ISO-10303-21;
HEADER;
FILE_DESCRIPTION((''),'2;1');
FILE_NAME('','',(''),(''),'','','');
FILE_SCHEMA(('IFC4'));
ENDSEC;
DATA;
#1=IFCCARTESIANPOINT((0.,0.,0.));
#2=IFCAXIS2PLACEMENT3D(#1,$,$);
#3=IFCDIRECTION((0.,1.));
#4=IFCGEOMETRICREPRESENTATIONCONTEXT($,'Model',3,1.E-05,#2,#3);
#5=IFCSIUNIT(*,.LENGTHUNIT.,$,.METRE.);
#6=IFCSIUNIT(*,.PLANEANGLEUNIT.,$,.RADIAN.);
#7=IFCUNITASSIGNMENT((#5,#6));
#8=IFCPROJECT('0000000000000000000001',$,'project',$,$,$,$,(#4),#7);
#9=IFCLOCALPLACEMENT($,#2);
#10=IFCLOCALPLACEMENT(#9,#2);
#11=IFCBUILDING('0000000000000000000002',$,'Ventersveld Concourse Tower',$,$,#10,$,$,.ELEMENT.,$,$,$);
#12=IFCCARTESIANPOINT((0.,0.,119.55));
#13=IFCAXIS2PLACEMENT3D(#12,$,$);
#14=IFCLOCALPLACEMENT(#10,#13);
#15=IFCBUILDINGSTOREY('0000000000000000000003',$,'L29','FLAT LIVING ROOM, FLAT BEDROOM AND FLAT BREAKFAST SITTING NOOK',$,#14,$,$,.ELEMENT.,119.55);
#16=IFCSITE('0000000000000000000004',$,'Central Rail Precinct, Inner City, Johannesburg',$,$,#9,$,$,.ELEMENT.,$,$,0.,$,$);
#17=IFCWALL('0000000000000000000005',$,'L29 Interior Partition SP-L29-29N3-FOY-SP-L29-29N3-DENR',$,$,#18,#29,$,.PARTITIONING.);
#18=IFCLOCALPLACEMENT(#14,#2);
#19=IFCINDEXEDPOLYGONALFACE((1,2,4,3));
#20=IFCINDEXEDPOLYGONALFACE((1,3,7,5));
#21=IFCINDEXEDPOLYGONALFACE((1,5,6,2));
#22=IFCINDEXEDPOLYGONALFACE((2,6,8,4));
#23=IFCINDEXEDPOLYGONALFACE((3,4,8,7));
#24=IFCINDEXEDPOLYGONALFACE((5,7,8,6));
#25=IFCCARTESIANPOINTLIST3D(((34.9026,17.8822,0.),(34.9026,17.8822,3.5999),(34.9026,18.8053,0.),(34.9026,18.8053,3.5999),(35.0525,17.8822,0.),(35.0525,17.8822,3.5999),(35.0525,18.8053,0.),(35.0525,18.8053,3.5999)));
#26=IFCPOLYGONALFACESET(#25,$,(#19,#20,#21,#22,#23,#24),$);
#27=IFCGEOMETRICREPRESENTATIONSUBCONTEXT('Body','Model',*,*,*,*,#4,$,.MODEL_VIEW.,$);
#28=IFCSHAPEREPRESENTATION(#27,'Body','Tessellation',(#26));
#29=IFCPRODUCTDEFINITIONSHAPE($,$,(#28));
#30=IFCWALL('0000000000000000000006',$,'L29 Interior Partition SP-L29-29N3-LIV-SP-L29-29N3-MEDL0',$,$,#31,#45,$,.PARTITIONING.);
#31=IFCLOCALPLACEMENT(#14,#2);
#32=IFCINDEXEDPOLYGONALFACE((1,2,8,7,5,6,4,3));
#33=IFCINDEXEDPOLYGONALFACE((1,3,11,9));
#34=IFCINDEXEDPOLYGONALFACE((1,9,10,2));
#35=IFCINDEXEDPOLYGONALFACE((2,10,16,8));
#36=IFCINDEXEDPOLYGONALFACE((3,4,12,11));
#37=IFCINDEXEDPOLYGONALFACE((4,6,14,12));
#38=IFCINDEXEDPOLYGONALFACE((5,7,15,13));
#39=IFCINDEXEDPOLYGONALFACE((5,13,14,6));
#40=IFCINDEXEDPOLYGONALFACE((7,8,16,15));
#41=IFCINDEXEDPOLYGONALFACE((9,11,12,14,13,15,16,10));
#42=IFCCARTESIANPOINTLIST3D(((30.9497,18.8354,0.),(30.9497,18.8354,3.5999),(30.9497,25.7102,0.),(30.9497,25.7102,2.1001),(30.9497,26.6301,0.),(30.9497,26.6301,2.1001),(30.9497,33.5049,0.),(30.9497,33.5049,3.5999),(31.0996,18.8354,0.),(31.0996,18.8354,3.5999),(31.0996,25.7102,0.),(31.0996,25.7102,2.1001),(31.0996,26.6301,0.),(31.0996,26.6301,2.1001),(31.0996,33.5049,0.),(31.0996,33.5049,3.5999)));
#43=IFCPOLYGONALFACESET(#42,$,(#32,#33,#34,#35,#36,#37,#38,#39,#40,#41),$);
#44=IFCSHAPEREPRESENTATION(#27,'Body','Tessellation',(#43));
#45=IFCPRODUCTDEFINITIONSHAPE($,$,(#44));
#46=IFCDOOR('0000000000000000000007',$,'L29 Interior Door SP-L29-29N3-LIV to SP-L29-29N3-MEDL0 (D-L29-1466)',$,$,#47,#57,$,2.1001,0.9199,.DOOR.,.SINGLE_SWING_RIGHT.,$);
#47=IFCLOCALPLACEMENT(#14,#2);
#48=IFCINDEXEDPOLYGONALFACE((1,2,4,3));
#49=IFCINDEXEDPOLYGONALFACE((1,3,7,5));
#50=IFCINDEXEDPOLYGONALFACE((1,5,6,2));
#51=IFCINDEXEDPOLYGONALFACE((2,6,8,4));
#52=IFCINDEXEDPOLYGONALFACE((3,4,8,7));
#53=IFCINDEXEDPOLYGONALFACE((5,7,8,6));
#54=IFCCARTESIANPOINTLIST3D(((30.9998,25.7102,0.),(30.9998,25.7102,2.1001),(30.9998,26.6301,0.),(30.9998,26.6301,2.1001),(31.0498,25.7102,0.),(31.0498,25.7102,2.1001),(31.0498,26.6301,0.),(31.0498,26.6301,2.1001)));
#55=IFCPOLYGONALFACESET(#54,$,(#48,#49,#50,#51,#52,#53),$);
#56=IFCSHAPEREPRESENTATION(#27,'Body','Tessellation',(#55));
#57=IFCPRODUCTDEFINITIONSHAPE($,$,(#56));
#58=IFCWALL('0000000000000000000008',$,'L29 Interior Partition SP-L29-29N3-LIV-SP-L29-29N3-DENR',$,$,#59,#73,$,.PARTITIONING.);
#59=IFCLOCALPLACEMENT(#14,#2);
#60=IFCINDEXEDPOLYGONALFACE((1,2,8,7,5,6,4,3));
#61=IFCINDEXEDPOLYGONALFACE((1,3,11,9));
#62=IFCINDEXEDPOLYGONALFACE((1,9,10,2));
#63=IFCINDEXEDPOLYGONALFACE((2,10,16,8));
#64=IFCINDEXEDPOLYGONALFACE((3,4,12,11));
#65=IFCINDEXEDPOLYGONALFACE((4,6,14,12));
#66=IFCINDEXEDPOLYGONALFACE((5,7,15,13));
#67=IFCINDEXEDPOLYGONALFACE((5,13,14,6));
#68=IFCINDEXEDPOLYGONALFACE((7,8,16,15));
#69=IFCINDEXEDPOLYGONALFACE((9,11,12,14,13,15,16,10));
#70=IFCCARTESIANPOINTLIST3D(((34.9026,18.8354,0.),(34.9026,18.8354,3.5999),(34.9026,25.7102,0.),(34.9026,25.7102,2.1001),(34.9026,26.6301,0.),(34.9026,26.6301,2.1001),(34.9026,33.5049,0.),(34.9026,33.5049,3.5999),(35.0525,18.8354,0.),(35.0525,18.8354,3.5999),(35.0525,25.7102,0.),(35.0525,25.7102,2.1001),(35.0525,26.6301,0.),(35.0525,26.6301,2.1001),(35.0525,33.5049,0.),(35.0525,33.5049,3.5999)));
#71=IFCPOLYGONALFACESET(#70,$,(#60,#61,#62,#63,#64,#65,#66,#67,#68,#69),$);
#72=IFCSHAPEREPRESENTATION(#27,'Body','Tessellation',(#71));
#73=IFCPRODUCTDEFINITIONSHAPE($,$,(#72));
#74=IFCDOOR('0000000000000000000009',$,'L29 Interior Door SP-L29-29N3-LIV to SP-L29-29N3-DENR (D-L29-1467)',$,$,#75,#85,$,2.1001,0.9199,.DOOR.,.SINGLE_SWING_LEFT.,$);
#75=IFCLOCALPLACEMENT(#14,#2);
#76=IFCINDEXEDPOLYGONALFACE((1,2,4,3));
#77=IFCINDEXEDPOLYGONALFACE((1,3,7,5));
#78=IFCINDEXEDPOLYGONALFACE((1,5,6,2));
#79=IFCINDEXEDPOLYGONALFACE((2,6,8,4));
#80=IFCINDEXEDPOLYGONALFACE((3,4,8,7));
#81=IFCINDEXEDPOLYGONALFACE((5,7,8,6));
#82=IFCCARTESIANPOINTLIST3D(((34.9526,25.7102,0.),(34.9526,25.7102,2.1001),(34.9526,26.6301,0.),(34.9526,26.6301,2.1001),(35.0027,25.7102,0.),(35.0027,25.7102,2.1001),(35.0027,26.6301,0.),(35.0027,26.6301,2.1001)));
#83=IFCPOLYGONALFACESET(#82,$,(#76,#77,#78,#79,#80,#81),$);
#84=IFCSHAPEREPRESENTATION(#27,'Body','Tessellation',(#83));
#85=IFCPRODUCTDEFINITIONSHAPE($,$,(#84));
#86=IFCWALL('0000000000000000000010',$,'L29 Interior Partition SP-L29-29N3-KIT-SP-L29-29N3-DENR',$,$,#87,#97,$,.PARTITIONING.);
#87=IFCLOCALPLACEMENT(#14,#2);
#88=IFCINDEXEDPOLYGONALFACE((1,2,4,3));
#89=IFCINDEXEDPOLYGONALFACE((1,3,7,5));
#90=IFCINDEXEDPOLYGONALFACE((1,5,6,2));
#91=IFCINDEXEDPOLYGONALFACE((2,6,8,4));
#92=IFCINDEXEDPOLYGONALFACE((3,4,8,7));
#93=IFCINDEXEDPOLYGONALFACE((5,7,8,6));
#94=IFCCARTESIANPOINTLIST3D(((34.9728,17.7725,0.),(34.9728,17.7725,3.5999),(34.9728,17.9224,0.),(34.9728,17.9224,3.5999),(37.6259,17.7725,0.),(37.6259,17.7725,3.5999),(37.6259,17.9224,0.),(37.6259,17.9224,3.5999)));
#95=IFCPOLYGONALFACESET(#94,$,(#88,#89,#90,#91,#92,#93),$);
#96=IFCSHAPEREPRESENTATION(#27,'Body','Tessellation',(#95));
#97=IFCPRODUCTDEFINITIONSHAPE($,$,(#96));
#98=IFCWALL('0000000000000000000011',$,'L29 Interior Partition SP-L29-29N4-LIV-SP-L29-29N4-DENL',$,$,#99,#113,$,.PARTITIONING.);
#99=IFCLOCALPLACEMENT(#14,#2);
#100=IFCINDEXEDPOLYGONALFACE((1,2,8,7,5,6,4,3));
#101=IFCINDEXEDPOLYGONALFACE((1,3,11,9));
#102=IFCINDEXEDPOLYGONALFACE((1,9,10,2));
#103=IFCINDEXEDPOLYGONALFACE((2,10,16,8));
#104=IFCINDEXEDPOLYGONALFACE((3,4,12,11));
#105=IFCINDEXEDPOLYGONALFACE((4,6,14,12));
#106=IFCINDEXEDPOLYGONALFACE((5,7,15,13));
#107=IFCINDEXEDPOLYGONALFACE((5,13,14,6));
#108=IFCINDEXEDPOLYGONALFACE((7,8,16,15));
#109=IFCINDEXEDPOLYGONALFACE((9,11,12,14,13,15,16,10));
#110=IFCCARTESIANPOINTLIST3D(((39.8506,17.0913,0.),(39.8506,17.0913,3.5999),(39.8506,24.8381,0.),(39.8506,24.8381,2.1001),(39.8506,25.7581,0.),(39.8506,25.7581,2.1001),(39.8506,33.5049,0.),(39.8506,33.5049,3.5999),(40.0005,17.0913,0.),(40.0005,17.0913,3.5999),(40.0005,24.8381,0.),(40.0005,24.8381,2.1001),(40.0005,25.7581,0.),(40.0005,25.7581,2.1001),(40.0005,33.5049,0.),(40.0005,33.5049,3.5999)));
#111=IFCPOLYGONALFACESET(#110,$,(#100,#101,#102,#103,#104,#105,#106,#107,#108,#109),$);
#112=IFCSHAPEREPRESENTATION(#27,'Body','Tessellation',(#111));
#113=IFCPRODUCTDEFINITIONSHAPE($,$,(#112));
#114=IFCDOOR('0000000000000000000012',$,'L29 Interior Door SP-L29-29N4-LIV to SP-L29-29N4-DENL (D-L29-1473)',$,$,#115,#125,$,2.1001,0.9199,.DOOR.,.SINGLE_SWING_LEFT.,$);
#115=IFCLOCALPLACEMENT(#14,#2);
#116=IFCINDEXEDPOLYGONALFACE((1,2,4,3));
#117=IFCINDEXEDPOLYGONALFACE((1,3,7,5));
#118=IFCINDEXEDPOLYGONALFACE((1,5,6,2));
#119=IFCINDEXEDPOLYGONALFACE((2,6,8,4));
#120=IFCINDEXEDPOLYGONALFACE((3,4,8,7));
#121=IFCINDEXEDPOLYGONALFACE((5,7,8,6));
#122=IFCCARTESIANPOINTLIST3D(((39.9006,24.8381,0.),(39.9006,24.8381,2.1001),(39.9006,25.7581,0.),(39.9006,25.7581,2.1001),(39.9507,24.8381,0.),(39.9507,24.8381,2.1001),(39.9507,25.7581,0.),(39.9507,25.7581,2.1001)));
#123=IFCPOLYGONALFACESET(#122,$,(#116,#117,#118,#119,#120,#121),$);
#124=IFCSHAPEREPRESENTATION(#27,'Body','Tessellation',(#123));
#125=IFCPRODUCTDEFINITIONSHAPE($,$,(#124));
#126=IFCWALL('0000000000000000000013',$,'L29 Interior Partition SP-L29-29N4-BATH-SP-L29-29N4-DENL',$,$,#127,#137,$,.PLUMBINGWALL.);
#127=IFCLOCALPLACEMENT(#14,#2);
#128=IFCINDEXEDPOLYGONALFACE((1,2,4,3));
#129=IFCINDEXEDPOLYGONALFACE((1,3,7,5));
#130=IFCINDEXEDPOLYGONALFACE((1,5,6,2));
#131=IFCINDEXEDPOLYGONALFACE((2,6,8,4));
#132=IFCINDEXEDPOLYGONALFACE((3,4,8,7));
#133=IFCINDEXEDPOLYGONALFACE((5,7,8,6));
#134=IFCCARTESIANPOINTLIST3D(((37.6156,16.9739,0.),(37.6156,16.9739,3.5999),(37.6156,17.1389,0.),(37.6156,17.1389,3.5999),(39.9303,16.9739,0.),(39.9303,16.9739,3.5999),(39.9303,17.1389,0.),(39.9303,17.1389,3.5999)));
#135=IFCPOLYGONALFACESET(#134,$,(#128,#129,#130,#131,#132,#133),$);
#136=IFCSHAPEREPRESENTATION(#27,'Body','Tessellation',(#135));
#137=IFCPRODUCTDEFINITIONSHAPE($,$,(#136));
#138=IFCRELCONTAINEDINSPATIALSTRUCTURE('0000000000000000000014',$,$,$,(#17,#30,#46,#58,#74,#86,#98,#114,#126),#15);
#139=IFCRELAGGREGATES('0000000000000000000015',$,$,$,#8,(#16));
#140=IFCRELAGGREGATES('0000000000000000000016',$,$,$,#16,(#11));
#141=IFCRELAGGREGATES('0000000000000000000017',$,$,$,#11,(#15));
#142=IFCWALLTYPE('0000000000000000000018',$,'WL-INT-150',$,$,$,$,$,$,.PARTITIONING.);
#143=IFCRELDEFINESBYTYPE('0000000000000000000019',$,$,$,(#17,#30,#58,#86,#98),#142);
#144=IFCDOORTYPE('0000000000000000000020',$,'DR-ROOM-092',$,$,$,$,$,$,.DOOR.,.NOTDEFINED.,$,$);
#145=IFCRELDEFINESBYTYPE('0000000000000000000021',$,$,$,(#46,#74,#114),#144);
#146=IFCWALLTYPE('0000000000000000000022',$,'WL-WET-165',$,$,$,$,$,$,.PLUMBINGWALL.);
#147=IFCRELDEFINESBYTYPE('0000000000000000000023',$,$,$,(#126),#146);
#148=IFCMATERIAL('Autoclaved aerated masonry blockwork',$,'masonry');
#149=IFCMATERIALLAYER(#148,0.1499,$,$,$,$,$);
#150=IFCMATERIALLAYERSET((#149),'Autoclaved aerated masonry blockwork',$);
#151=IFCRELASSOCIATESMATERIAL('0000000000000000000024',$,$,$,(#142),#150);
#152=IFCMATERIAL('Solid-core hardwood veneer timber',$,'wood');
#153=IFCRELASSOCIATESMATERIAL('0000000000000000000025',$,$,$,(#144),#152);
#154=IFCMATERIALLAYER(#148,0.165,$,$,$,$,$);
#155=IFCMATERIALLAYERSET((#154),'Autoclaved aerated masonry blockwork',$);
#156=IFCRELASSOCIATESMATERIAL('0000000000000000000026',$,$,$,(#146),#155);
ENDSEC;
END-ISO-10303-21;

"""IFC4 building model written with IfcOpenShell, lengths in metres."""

from ifc_helpers import new_model, si_unit, direction, frame, frame_2d, origin, place, context, subcontext, project, spatial, rectangle, extrude, material, layer, layer_set, type_object, element, fill, save


model = new_model("IFC4")

# Units and contexts
model_context = context("Model", 3, precision=1e-05, world=origin(), true_north=direction((0.0, 1.0)))
body_context = subcontext(model_context, "Body", "Model", "MODEL_VIEW")
ifc_project = project(units=[si_unit("LENGTHUNIT", "METRE"), si_unit("PLANEANGLEUNIT", "RADIAN")], contexts=[model_context])

# Site, building, storey
site_placement = place(None, origin())
site = spatial("IfcSite", under=ifc_project, at=site_placement, Name="Central Rail Precinct, Inner City, Johannesburg", CompositionType="ELEMENT", RefElevation=0.0)
building_placement = place(site_placement, origin())
building = spatial("IfcBuilding", under=site, at=building_placement, Name="Ventersveld Concourse Tower", CompositionType="ELEMENT")
storey_placement = place(building_placement, frame((0.0, 0.0, 119.55)))
storey = spatial("IfcBuildingStorey", under=building, at=storey_placement, Name="L29", Description="FLAT LIVING ROOM, FLAT BEDROOM AND FLAT BREAKFAST SITTING NOOK", CompositionType="ELEMENT", Elevation=119.55)

# Shared definitions
ifc_material_1 = material(Name="Autoclaved aerated masonry blockwork", Category="masonry")
ifc_layer_1 = layer(ifc_material_1, 0.1499)
ifc_layer_set_1 = layer_set([ifc_layer_1], Name="Autoclaved aerated masonry blockwork")
wall_type_1 = type_object("IfcWallType", Name="WL-INT-150", PredefinedType="PARTITIONING", material=ifc_layer_set_1)
ifc_material_2 = material(Name="Solid-core hardwood veneer timber", Category="wood")
door_type = type_object("IfcDoorType", Name="DR-ROOM-092", OperationType="NOTDEFINED", PredefinedType="DOOR", material=ifc_material_2)

# Wall
wall_1_placement = place(storey_placement, frame((34.9775, 17.8823, 0.0), z_axis=(0.0, 0.0, 1.0), x_axis=(0.0, 1.0, 0.0)))
element("IfcWall", 1, at=wall_1_placement, inside=storey, type_object=wall_type_1, Name="L29 Interior Partition SP-L29-29N3-FOY-SP-L29-29N3-DENR", PredefinedType="PARTITIONING", context=body_context, shape_type="SweptSolid", body=[
    extrude(rectangle(XDim=0.9231, YDim=0.1499, at=frame_2d((0.4614, 0.0))), origin(), (0.0, 0.0, 1.0), 3.5999),
])

# Walls, openings, doors
wall_2_placement = place(storey_placement, frame((31.0247, 18.8354, 0.0), z_axis=(0.0, 0.0, 1.0), x_axis=(0.0, 1.0, 0.0)))
wall_2 = element("IfcWall", 2, at=wall_2_placement, inside=storey, type_object=wall_type_1, Name="L29 Interior Partition SP-L29-29N3-LIV-SP-L29-29N3-MEDL0", PredefinedType="PARTITIONING", context=body_context, shape_type="SweptSolid", body=[
    extrude(rectangle(XDim=14.6694, YDim=0.1499, at=frame_2d((7.3347, 0.0))), origin(), (0.0, 0.0, 1.0), 3.5999),
])
opening_1_placement = place(wall_2_placement, frame((6.8748, 0.0, 0.0)))
opening_1 = element("IfcOpeningElement", 3, at=opening_1_placement, cuts=wall_2, PredefinedType="OPENING", context=body_context, shape_type="SweptSolid", body=[
    extrude(rectangle(XDim=0.9199, YDim=2.1001, at=frame_2d((0.46, 1.05))), frame((0.0, 0.085, 0.0), z_axis=(0.0, -1.0, 0.0), x_axis=(1.0, 0.0, 0.0)), (0.0, 0.0, 1.0), 0.1699),
])
door_1_placement = place(opening_1_placement, origin())
door_1 = element("IfcDoor", 4, at=door_1_placement, inside=storey, type_object=door_type, Name="L29 Interior Door SP-L29-29N3-LIV to SP-L29-29N3-MEDL0 (D-L29-1466)", OperationType="SINGLE_SWING_RIGHT", OverallHeight=2.1001, OverallWidth=0.9199, PredefinedType="DOOR", context=body_context, shape_type="SweptSolid", body=[
    extrude(rectangle(XDim=0.9199, YDim=2.1001, at=frame_2d((0.46, 1.05))), frame((0.0, 0.0249, 0.0), z_axis=(0.0, -1.0, 0.0), x_axis=(1.0, 0.0, 0.0)), (0.0, 0.0, 1.0), 0.05),
])
fill(opening_1, door_1)
wall_3_placement = place(storey_placement, frame((34.9775, 18.8354, 0.0), z_axis=(0.0, 0.0, 1.0), x_axis=(0.0, 1.0, 0.0)))
wall_3 = element("IfcWall", 5, at=wall_3_placement, inside=storey, type_object=wall_type_1, Name="L29 Interior Partition SP-L29-29N3-LIV-SP-L29-29N3-DENR", PredefinedType="PARTITIONING", context=body_context, shape_type="SweptSolid", body=[
    extrude(rectangle(XDim=14.6694, YDim=0.1499, at=frame_2d((7.3347, 0.0))), origin(), (0.0, 0.0, 1.0), 3.5999),
])
opening_2_placement = place(wall_3_placement, frame((6.8748, 0.0, 0.0)))
opening_2 = element("IfcOpeningElement", 6, at=opening_2_placement, cuts=wall_3, PredefinedType="OPENING", context=body_context, shape_type="SweptSolid", body=[
    extrude(rectangle(XDim=0.9199, YDim=2.1001, at=frame_2d((0.46, 1.05))), frame((0.0, 0.085, 0.0), z_axis=(0.0, -1.0, 0.0), x_axis=(1.0, 0.0, 0.0)), (0.0, 0.0, 1.0), 0.1699),
])
door_2_placement = place(opening_2_placement, origin())
door_2 = element("IfcDoor", 7, at=door_2_placement, inside=storey, type_object=door_type, Name="L29 Interior Door SP-L29-29N3-LIV to SP-L29-29N3-DENR (D-L29-1467)", OperationType="SINGLE_SWING_LEFT", OverallHeight=2.1001, OverallWidth=0.9199, PredefinedType="DOOR", context=body_context, shape_type="SweptSolid", body=[
    extrude(rectangle(XDim=0.9199, YDim=2.1001, at=frame_2d((0.46, 1.05))), frame((0.0, 0.0249, 0.0), z_axis=(0.0, -1.0, 0.0), x_axis=(1.0, 0.0, 0.0)), (0.0, 0.0, 1.0), 0.05),
])
fill(opening_2, door_2)

# Wall
wall_4_placement = place(storey_placement, frame((34.9727, 17.8474, 0.0), z_axis=(0.0, 0.0, 1.0), x_axis=(1.0, 0.0, 0.0)))
element("IfcWall", 8, at=wall_4_placement, inside=storey, type_object=wall_type_1, Name="L29 Interior Partition SP-L29-29N3-KIT-SP-L29-29N3-DENR", PredefinedType="PARTITIONING", context=body_context, shape_type="SweptSolid", body=[
    extrude(rectangle(XDim=2.6531, YDim=0.1499, at=frame_2d((1.3267, 0.0))), origin(), (0.0, 0.0, 1.0), 3.5999),
])

# Wall, opening, door
wall_5_placement = place(storey_placement, frame((39.9255, 17.0913, 0.0), z_axis=(0.0, 0.0, 1.0), x_axis=(0.0, 1.0, 0.0)))
wall_5 = element("IfcWall", 9, at=wall_5_placement, inside=storey, type_object=wall_type_1, Name="L29 Interior Partition SP-L29-29N4-LIV-SP-L29-29N4-DENL", PredefinedType="PARTITIONING", context=body_context, shape_type="SweptSolid", body=[
    extrude(rectangle(XDim=16.4136, YDim=0.1499, at=frame_2d((8.2068, 0.0))), origin(), (0.0, 0.0, 1.0), 3.5999),
])
opening_3_placement = place(wall_5_placement, frame((7.7468, 0.0, 0.0)))
opening_3 = element("IfcOpeningElement", 10, at=opening_3_placement, cuts=wall_5, PredefinedType="OPENING", context=body_context, shape_type="SweptSolid", body=[
    extrude(rectangle(XDim=0.9199, YDim=2.1001, at=frame_2d((0.46, 1.05))), frame((0.0, 0.085, 0.0), z_axis=(0.0, -1.0, 0.0), x_axis=(1.0, 0.0, 0.0)), (0.0, 0.0, 1.0), 0.1699),
])
door_3_placement = place(opening_3_placement, origin())
door_3 = element("IfcDoor", 11, at=door_3_placement, inside=storey, type_object=door_type, Name="L29 Interior Door SP-L29-29N4-LIV to SP-L29-29N4-DENL (D-L29-1473)", OperationType="SINGLE_SWING_LEFT", OverallHeight=2.1001, OverallWidth=0.9199, PredefinedType="DOOR", context=body_context, shape_type="SweptSolid", body=[
    extrude(rectangle(XDim=0.9199, YDim=2.1001, at=frame_2d((0.46, 1.05))), frame((0.0, 0.0249, 0.0), z_axis=(0.0, -1.0, 0.0), x_axis=(1.0, 0.0, 0.0)), (0.0, 0.0, 1.0), 0.05),
])
fill(opening_3, door_3)

# Wall
ifc_layer_2 = layer(ifc_material_1, 0.165)
ifc_layer_set_2 = layer_set([ifc_layer_2], Name="Autoclaved aerated masonry blockwork")
wall_type_2 = type_object("IfcWallType", Name="WL-WET-165", PredefinedType="PLUMBINGWALL", material=ifc_layer_set_2)
wall_6_placement = place(storey_placement, frame((37.6157, 17.0564, 0.0), z_axis=(0.0, 0.0, 1.0), x_axis=(1.0, 0.0, 0.0)))
element("IfcWall", 12, at=wall_6_placement, inside=storey, type_object=wall_type_2, Name="L29 Interior Partition SP-L29-29N4-BATH-SP-L29-29N4-DENL", PredefinedType="PLUMBINGWALL", context=body_context, shape_type="SweptSolid", body=[
    extrude(rectangle(XDim=2.3147, YDim=0.165, at=frame_2d((1.1572, 0.0))), origin(), (0.0, 0.0, 1.0), 3.5999),
])

save(model, "model.ifc")
